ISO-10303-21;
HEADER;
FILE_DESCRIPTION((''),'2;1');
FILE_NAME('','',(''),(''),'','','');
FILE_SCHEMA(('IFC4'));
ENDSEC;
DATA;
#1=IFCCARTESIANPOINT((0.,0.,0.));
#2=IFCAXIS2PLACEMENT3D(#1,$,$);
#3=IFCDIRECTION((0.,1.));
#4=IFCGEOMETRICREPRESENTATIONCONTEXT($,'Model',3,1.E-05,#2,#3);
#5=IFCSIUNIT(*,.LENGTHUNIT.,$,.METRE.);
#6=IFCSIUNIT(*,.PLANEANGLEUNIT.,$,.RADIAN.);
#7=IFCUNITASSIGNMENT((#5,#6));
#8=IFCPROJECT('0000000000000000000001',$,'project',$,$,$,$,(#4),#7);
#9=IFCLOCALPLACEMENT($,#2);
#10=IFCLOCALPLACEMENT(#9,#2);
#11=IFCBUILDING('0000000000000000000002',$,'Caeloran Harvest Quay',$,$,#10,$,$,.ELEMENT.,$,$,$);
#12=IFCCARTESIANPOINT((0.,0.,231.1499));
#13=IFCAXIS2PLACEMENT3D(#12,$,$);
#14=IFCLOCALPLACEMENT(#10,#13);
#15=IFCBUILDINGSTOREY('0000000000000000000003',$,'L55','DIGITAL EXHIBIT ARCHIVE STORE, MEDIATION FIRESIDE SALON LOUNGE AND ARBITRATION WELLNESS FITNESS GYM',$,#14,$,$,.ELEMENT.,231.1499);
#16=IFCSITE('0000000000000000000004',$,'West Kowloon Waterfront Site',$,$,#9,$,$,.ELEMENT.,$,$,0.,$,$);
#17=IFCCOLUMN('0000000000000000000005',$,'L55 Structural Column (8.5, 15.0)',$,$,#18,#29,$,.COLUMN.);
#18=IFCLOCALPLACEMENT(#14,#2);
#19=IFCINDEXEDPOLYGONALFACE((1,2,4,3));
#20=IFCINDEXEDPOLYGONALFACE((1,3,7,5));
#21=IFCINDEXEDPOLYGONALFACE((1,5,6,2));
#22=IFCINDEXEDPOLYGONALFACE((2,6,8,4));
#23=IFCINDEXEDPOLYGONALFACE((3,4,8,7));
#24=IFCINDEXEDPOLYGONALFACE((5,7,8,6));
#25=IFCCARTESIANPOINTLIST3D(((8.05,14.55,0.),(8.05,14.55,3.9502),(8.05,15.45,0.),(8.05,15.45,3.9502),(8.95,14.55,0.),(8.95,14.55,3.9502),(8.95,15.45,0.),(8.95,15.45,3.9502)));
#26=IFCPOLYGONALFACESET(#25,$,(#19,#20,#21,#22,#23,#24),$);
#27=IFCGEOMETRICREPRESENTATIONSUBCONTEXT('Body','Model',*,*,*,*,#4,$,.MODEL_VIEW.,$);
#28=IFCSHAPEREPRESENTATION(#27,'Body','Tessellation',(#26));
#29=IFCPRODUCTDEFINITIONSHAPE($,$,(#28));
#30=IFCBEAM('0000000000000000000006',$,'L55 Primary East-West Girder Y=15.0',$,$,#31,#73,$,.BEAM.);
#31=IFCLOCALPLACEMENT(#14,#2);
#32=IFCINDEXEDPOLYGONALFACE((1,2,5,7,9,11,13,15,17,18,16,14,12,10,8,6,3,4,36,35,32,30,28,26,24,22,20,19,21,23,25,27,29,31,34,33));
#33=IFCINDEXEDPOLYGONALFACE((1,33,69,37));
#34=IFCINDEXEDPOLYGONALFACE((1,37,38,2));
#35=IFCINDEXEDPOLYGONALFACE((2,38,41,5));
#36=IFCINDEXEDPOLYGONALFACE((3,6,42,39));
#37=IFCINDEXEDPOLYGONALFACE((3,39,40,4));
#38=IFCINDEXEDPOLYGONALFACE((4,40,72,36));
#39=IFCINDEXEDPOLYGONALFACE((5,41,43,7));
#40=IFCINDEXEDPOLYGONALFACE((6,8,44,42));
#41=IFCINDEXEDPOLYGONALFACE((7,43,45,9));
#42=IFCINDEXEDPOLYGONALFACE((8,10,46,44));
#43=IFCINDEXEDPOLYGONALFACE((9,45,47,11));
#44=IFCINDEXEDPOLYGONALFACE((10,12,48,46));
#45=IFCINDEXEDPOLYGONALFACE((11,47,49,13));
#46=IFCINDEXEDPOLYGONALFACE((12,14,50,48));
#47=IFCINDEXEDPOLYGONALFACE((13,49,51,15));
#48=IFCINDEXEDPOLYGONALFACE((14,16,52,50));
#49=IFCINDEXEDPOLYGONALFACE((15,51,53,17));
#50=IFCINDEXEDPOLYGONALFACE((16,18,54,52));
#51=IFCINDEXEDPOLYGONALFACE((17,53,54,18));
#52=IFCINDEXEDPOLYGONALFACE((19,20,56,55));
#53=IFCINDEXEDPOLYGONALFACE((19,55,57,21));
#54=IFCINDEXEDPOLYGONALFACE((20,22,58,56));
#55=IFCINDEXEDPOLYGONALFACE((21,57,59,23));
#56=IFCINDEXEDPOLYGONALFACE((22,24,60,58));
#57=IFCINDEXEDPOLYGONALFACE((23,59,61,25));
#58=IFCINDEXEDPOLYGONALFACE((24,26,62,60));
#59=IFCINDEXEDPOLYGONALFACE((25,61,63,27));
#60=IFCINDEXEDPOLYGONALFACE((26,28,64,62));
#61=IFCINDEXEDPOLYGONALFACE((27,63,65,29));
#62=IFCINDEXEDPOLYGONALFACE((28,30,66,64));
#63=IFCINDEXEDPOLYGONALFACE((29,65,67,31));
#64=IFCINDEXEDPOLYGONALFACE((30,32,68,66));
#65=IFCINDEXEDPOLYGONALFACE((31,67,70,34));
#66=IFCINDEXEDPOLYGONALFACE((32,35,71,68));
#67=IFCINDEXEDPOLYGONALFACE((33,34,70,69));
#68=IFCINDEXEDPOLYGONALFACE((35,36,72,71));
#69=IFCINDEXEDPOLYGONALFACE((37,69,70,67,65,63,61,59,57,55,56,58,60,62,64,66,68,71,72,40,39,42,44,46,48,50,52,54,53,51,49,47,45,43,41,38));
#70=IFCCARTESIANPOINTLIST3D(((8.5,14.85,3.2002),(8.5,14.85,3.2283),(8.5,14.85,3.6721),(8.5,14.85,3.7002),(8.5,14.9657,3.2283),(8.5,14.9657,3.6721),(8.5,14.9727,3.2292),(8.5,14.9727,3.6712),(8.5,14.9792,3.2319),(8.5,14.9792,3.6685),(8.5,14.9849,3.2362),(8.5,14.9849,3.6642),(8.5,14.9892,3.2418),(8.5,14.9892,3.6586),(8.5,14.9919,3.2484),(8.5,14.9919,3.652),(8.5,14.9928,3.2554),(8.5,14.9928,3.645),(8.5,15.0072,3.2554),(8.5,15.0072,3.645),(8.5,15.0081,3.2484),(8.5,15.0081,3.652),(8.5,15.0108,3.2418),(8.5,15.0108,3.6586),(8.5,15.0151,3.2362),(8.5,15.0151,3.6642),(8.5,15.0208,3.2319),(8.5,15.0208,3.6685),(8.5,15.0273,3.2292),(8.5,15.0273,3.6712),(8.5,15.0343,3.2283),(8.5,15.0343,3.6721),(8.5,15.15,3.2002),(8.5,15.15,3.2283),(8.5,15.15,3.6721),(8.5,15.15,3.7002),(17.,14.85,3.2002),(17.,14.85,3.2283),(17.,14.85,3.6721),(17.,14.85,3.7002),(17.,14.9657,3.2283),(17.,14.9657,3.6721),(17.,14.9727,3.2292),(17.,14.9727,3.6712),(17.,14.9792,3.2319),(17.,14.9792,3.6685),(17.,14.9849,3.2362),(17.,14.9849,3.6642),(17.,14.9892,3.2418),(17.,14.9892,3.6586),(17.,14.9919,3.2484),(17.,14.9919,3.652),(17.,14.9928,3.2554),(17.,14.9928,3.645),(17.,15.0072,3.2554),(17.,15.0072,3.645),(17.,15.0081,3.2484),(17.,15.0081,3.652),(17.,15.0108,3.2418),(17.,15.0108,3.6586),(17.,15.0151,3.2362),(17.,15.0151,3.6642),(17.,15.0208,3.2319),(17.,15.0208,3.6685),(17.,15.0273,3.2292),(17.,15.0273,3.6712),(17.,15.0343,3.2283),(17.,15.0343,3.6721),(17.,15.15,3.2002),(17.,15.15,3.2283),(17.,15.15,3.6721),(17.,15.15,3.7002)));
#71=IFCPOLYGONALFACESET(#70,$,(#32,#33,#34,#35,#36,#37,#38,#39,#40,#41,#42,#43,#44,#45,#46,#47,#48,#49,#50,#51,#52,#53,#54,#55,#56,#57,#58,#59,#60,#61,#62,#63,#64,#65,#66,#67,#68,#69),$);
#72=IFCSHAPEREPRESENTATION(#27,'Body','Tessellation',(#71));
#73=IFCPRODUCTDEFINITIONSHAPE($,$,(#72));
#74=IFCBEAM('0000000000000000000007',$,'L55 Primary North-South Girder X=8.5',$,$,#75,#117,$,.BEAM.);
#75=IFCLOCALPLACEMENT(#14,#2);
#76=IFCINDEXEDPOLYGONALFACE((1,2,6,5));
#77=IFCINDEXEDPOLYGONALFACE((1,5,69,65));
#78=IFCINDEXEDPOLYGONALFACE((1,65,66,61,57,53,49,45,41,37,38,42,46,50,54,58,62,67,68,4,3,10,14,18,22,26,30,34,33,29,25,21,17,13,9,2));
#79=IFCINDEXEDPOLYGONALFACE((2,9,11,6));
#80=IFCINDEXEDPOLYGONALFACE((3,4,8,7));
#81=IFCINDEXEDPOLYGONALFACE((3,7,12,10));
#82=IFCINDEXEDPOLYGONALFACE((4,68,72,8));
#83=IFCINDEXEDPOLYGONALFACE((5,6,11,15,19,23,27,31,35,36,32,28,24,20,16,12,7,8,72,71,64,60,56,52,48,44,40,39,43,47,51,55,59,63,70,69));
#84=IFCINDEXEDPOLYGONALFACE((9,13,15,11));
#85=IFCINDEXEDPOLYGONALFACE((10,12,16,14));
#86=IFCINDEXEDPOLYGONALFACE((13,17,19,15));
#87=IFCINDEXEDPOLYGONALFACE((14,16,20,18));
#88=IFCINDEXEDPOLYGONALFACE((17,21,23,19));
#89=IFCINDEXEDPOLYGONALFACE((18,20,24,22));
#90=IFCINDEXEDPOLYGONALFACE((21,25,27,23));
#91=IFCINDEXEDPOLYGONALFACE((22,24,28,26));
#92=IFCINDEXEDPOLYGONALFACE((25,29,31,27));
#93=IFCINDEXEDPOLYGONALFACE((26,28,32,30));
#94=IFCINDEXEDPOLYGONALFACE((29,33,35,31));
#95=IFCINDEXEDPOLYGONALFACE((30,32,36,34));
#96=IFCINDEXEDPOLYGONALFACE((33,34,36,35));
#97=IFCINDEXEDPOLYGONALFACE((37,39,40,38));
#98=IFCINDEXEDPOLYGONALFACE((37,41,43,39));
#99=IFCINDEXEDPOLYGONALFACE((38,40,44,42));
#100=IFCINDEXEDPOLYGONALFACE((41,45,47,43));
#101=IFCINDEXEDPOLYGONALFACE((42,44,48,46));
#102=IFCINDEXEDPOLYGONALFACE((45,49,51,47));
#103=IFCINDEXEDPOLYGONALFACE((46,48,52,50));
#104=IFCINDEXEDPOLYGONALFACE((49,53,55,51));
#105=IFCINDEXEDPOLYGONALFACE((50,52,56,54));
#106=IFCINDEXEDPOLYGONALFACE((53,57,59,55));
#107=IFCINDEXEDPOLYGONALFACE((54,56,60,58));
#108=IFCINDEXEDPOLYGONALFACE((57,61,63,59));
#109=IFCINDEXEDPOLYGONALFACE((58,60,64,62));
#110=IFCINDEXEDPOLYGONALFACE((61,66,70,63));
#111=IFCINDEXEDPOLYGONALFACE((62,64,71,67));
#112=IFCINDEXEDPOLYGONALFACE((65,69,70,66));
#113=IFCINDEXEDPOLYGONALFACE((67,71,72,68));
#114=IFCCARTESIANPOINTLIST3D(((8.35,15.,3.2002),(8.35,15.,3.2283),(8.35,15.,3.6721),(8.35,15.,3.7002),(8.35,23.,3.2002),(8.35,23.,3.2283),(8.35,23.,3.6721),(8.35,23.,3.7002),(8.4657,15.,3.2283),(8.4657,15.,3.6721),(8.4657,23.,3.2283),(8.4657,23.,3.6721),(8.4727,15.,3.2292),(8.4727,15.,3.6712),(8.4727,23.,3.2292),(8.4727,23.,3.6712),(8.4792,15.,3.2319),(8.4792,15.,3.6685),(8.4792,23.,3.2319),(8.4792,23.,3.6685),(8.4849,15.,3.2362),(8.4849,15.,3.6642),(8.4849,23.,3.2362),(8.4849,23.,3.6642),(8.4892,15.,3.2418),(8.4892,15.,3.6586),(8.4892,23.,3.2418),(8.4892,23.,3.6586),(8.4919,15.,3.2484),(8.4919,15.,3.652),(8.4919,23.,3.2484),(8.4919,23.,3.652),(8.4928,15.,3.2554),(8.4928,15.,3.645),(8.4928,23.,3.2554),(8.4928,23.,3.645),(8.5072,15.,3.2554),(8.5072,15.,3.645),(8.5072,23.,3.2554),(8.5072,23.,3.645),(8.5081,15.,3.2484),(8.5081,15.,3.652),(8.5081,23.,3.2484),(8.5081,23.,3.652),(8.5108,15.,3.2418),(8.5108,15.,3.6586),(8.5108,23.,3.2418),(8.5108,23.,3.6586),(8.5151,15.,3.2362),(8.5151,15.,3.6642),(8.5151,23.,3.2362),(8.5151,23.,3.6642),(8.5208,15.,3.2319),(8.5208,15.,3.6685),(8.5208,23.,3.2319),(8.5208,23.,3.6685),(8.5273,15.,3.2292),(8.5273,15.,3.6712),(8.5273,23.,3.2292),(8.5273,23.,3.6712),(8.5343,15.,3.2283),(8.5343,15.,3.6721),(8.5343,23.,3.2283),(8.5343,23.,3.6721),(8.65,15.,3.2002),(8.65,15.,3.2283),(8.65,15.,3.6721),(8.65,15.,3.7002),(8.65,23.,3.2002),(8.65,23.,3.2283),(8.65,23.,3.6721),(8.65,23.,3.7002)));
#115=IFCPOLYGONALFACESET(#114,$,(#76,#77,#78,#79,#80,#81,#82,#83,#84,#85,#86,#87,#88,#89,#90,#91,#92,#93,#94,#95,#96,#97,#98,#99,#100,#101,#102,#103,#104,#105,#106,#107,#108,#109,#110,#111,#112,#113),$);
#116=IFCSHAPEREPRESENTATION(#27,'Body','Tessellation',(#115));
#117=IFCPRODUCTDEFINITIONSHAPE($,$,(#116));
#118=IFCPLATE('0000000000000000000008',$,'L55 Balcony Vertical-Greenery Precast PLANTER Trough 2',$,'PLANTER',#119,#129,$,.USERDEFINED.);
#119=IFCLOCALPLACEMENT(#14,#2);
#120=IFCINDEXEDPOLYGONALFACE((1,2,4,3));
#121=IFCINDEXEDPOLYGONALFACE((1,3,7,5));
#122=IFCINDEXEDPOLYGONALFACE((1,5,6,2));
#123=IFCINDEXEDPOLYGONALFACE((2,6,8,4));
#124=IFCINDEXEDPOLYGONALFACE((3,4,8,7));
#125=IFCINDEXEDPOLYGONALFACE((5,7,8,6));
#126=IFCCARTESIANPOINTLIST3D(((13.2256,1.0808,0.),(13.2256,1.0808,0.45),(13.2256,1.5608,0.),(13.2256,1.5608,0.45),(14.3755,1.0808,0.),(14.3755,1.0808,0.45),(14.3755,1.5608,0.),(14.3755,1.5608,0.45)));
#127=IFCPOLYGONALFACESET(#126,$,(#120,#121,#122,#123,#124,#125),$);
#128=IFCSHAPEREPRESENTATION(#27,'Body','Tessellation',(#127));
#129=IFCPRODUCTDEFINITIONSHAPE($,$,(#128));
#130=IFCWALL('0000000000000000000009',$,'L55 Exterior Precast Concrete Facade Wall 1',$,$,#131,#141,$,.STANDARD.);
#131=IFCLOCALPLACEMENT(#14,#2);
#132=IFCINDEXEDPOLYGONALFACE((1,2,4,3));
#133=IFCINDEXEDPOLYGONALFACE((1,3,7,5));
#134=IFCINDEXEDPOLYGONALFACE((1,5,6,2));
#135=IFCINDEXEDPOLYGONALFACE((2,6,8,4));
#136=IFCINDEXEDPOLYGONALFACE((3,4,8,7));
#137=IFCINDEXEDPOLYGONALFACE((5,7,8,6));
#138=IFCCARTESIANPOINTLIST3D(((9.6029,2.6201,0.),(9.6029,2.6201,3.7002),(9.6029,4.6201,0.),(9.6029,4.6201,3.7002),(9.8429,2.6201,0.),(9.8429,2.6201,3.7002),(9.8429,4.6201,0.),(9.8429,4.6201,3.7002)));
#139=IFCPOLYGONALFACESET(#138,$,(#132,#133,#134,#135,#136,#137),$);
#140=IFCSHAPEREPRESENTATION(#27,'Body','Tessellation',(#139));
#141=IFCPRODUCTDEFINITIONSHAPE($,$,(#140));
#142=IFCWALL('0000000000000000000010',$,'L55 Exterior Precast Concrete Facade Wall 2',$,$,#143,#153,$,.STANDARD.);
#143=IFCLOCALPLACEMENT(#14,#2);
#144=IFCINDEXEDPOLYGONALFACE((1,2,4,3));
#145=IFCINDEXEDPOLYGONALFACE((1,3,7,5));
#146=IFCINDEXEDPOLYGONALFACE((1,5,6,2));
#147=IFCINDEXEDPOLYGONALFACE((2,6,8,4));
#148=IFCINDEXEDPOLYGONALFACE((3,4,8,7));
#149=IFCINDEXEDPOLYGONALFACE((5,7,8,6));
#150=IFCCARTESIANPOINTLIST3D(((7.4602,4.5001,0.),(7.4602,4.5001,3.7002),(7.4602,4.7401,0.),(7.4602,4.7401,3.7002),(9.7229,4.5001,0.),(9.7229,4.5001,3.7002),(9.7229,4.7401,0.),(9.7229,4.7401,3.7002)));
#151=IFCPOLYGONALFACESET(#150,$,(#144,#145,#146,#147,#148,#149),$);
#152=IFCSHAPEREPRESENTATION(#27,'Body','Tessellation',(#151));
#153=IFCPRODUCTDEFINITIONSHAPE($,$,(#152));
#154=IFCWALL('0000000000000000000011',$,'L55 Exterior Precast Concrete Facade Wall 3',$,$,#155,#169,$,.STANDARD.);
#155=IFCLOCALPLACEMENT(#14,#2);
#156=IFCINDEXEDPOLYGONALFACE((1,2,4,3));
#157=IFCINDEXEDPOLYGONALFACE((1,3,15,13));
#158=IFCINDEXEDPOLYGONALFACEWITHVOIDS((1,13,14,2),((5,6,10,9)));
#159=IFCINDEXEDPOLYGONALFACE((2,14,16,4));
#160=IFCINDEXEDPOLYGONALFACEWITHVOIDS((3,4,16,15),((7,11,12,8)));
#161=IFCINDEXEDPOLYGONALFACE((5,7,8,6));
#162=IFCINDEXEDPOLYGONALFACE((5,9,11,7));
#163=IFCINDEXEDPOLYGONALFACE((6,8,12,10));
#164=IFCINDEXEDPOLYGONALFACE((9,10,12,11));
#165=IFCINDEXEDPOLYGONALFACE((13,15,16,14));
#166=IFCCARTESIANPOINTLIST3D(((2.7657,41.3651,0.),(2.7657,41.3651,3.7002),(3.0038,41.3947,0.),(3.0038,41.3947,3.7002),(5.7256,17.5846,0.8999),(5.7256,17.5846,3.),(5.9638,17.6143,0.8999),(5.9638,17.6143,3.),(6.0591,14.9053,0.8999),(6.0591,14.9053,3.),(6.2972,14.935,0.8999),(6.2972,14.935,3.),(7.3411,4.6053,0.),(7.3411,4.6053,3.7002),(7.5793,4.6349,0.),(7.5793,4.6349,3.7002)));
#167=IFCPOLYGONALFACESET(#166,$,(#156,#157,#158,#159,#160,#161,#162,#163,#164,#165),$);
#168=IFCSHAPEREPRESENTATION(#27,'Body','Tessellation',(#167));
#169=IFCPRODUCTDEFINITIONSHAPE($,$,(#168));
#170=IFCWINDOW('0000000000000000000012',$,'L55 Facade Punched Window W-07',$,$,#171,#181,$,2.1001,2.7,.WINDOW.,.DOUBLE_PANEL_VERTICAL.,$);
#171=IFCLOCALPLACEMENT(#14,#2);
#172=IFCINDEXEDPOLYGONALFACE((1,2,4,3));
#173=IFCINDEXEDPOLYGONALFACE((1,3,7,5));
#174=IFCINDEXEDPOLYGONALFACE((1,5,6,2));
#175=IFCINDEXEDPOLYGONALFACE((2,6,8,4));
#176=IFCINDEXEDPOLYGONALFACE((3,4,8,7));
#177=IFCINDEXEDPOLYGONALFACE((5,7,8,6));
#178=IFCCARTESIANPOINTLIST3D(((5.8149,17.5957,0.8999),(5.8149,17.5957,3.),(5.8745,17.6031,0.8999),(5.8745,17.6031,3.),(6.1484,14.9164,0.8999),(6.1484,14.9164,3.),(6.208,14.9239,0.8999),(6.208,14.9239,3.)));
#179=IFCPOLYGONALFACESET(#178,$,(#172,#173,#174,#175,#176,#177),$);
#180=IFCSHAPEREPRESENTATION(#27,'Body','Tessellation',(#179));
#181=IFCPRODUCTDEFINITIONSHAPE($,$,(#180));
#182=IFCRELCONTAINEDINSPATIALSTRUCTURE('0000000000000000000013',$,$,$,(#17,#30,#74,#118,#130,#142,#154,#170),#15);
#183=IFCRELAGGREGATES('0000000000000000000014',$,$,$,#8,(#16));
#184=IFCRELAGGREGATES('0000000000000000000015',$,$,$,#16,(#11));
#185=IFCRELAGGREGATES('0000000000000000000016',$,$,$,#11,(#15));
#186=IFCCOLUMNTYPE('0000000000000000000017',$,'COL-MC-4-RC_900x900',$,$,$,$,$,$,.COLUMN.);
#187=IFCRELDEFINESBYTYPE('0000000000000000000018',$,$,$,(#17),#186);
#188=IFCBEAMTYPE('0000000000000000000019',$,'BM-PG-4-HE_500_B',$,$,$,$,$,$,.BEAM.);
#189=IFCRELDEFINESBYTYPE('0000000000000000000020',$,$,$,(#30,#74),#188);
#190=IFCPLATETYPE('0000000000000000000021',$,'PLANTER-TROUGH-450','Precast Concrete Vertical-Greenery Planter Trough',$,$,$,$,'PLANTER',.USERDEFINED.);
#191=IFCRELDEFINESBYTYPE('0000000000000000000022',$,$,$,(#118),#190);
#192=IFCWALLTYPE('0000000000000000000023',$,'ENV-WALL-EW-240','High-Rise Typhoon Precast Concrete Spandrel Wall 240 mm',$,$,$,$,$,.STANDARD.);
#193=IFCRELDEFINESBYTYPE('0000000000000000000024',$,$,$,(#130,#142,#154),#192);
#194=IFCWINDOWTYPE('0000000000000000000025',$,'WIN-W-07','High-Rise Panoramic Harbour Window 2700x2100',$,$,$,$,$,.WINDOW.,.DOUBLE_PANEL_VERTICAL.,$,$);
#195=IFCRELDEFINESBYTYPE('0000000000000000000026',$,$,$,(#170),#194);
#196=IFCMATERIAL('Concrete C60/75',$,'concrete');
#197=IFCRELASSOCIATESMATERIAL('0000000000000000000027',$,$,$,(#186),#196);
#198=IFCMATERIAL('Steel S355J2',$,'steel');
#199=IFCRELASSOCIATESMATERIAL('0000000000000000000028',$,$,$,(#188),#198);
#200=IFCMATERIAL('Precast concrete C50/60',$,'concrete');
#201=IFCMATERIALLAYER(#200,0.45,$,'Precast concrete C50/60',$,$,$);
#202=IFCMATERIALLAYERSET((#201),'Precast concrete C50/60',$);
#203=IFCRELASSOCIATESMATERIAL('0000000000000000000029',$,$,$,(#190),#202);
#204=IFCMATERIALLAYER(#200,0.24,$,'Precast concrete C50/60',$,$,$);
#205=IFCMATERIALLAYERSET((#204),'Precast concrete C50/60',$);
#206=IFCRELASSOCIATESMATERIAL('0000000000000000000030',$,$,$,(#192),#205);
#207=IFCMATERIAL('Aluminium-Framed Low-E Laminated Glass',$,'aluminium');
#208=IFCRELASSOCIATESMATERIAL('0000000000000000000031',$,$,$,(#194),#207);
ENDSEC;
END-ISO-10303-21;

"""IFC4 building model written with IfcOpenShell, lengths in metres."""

from ifc_helpers import new_model, si_unit, direction, frame, frame_2d, origin, origin_2d, place, context, subcontext, project, spatial, rectangle, i_section, extrude, material, layer, layer_set, material_profile, profile_set, type_object, element, fill, save


model = new_model("IFC4")

# Units and contexts
model_context = context("Model", 3, precision=1e-05, world=origin(), true_north=direction((0.0, 1.0)))
body_context = subcontext(model_context, "Body", "Model", "MODEL_VIEW")
ifc_project = project(units=[si_unit("LENGTHUNIT", "METRE"), si_unit("PLANEANGLEUNIT", "RADIAN")], contexts=[model_context])

# Site, building, storey
site_placement = place(None, origin())
site = spatial("IfcSite", under=ifc_project, at=site_placement, Name="West Kowloon Waterfront Site", CompositionType="ELEMENT", RefElevation=0.0)
building_placement = place(site_placement, origin())
building = spatial("IfcBuilding", under=site, at=building_placement, Name="Caeloran Harvest Quay", CompositionType="ELEMENT")
storey_placement = place(building_placement, frame((0.0, 0.0, 231.1499)))
storey = spatial("IfcBuildingStorey", under=building, at=storey_placement, Name="L55", Description="DIGITAL EXHIBIT ARCHIVE STORE, MEDIATION FIRESIDE SALON LOUNGE AND ARBITRATION WELLNESS FITNESS GYM", CompositionType="ELEMENT", Elevation=231.1499)

# Column
ifc_material_1 = material(Name="Concrete C60/75", Category="concrete")
ifc_material_profile_1 = material_profile(ifc_material_1, rectangle(XDim=0.8999, YDim=0.8999, at=origin_2d()), Name="RC 900x900")
ifc_profile_set_1 = profile_set([ifc_material_profile_1], Name="Concrete C60/75")
column_type = type_object("IfcColumnType", Name="COL-MC-4-RC_900x900", PredefinedType="COLUMN", material=ifc_profile_set_1)
column_placement = place(storey_placement, frame((8.5, 15.0, 0.0), z_axis=(0.0, 0.0, 1.0), x_axis=(1.0, 0.0, 0.0)))
element("IfcColumn", 1, at=column_placement, inside=storey, type_object=column_type, Name="L55 Structural Column (8.5, 15.0)", PredefinedType="COLUMN", context=body_context, shape_type="SweptSolid", body=[
    extrude(rectangle(XDim=0.8999, YDim=0.8999, at=origin_2d()), origin(), (0.0, 0.0, 1.0), 3.9502),
])

# Beams
ifc_material_2 = material(Name="Steel S355J2", Category="steel")
ifc_material_profile_2 = material_profile(ifc_material_2, i_section(OverallWidth=0.3, OverallDepth=0.5, WebThickness=0.0144, FlangeThickness=0.0281, FilletRadius=0.0271, at=origin_2d()), Name="HE 500 B")
ifc_profile_set_2 = profile_set([ifc_material_profile_2], Name="Steel S355J2")
beam_type = type_object("IfcBeamType", Name="BM-PG-4-HE_500_B", PredefinedType="BEAM", material=ifc_profile_set_2)
beam_1_placement = place(storey_placement, frame((8.5, 15.0, 3.4502), z_axis=(1.0, 0.0, 0.0), x_axis=(0.0, 1.0, 0.0)))
element("IfcBeam", 2, at=beam_1_placement, inside=storey, type_object=beam_type, Name="L55 Primary East-West Girder Y=15.0", PredefinedType="BEAM", context=body_context, shape_type="SweptSolid", body=[
    extrude(i_section(OverallWidth=0.3, OverallDepth=0.5, WebThickness=0.0144, FlangeThickness=0.0281, FilletRadius=0.0271, at=origin_2d()), origin(), (0.0, 0.0, 1.0), 8.5),
])
beam_2_placement = place(storey_placement, frame((8.5, 15.0, 3.4502), z_axis=(0.0, 1.0, 0.0), x_axis=(-1.0, 0.0, 0.0)))
element("IfcBeam", 3, at=beam_2_placement, inside=storey, type_object=beam_type, Name="L55 Primary North-South Girder X=8.5", PredefinedType="BEAM", context=body_context, shape_type="SweptSolid", body=[
    extrude(i_section(OverallWidth=0.3, OverallDepth=0.5, WebThickness=0.0144, FlangeThickness=0.0281, FilletRadius=0.0271, at=origin_2d()), origin(), (0.0, 0.0, 1.0), 8.0),
])

# Plate
ifc_material_3 = material(Name="Precast concrete C50/60", Category="concrete")
ifc_layer_1 = layer(ifc_material_3, 0.45, Name="Precast concrete C50/60")
ifc_layer_set_1 = layer_set([ifc_layer_1], Name="Precast concrete C50/60")
plate_type = type_object("IfcPlateType", Name="PLANTER-TROUGH-450", Description="Precast Concrete Vertical-Greenery Planter Trough", ElementType="PLANTER", PredefinedType="USERDEFINED", material=ifc_layer_set_1)
plate_placement = place(storey_placement, frame((13.8005, 1.3208, 0.0), z_axis=(0.0, 0.0, 1.0), x_axis=(1.0, 0.0, 0.0)))
element("IfcPlate", 4, at=plate_placement, inside=storey, type_object=plate_type, Name="L55 Balcony Vertical-Greenery Precast PLANTER Trough 2", ObjectType="PLANTER", PredefinedType="USERDEFINED", context=body_context, shape_type="SweptSolid", body=[
    extrude(rectangle(XDim=1.1499, YDim=0.48, at=origin_2d()), origin(), (0.0, 0.0, 1.0), 0.45),
])

# Walls
ifc_layer_2 = layer(ifc_material_3, 0.24, Name="Precast concrete C50/60")
ifc_layer_set_2 = layer_set([ifc_layer_2], Name="Precast concrete C50/60")
wall_type_1 = type_object("IfcWallType", Name="ENV-WALL-EW-240", Description="High-Rise Typhoon Precast Concrete Spandrel Wall 240 mm", PredefinedType="STANDARD", material=ifc_layer_set_2)
wall_1_placement = place(storey_placement, frame((9.7229, 2.6201, 0.0), z_axis=(0.0, 0.0, 1.0), x_axis=(0.0, 1.0, 0.0)))
element("IfcWall", 5, at=wall_1_placement, inside=storey, type_object=wall_type_1, Name="L55 Exterior Precast Concrete Facade Wall 1", PredefinedType="STANDARD", context=body_context, shape_type="SweptSolid", body=[
    extrude(rectangle(XDim=2.0, YDim=0.24, at=frame_2d((1.0, 0.0))), origin(), (0.0, 0.0, 1.0), 3.7002),
])
wall_2_placement = place(storey_placement, frame((9.7229, 4.6201, 0.0), z_axis=(0.0, 0.0, 1.0), x_axis=(-1.0, 0.0, 0.0)))
element("IfcWall", 6, at=wall_2_placement, inside=storey, type_object=wall_type_1, Name="L55 Exterior Precast Concrete Facade Wall 2", PredefinedType="STANDARD", context=body_context, shape_type="SweptSolid", body=[
    extrude(rectangle(XDim=2.2627, YDim=0.24, at=frame_2d((1.1313, 0.0))), origin(), (0.0, 0.0, 1.0), 3.7002),
])

# Wall, opening, window
wall_3_placement = place(storey_placement, frame((7.4602, 4.6201, 0.0), z_axis=(0.0, 0.0, 1.0), x_axis=(-0.123516, 0.992343, 0.0)))
wall_3 = element("IfcWall", 7, at=wall_3_placement, inside=storey, type_object=wall_type_1, Name="L55 Exterior Precast Concrete Facade Wall 3", PredefinedType="STANDARD", context=body_context, shape_type="SweptSolid", body=[
    extrude(rectangle(XDim=37.0435, YDim=0.24, at=frame_2d((18.5217, 0.0))), origin(), (0.0, 0.0, 1.0), 3.7002),
])
opening_1_placement = place(wall_3_placement, frame((10.3794, 0.0, 0.8999)))
opening_1 = element("IfcOpeningElement", 8, at=opening_1_placement, cuts=wall_3, PredefinedType="OPENING", context=body_context, shape_type="SweptSolid", body=[
    extrude(rectangle(XDim=2.7, YDim=2.1001, at=frame_2d((1.3501, 1.05))), frame((0.0, 0.1299, 0.0), z_axis=(0.0, -1.0, 0.0), x_axis=(1.0, 0.0, 0.0)), (0.0, 0.0, 1.0), 0.26),
])
ifc_material_4 = material(Name="Aluminium-Framed Low-E Laminated Glass", Category="aluminium")
window_type = type_object("IfcWindowType", Name="WIN-W-07", Description="High-Rise Panoramic Harbour Window 2700x2100", PartitioningType="DOUBLE_PANEL_VERTICAL", PredefinedType="WINDOW", material=ifc_material_4)
window_placement = place(opening_1_placement, origin())
window = element("IfcWindow", 9, at=window_placement, inside=storey, type_object=window_type, Name="L55 Facade Punched Window W-07", OverallHeight=2.1001, OverallWidth=2.7, PartitioningType="DOUBLE_PANEL_VERTICAL", PredefinedType="WINDOW", context=body_context, shape_type="SweptSolid", body=[
    extrude(rectangle(XDim=2.7, YDim=2.1001, at=frame_2d((1.3501, 1.05))), frame((0.0, 0.03, 0.0), z_axis=(0.0, -1.0, 0.0), x_axis=(1.0, 0.0, 0.0)), (0.0, 0.0, 1.0), 0.0601),
])
fill(opening_1, window)

save(model, "model.ifc")
